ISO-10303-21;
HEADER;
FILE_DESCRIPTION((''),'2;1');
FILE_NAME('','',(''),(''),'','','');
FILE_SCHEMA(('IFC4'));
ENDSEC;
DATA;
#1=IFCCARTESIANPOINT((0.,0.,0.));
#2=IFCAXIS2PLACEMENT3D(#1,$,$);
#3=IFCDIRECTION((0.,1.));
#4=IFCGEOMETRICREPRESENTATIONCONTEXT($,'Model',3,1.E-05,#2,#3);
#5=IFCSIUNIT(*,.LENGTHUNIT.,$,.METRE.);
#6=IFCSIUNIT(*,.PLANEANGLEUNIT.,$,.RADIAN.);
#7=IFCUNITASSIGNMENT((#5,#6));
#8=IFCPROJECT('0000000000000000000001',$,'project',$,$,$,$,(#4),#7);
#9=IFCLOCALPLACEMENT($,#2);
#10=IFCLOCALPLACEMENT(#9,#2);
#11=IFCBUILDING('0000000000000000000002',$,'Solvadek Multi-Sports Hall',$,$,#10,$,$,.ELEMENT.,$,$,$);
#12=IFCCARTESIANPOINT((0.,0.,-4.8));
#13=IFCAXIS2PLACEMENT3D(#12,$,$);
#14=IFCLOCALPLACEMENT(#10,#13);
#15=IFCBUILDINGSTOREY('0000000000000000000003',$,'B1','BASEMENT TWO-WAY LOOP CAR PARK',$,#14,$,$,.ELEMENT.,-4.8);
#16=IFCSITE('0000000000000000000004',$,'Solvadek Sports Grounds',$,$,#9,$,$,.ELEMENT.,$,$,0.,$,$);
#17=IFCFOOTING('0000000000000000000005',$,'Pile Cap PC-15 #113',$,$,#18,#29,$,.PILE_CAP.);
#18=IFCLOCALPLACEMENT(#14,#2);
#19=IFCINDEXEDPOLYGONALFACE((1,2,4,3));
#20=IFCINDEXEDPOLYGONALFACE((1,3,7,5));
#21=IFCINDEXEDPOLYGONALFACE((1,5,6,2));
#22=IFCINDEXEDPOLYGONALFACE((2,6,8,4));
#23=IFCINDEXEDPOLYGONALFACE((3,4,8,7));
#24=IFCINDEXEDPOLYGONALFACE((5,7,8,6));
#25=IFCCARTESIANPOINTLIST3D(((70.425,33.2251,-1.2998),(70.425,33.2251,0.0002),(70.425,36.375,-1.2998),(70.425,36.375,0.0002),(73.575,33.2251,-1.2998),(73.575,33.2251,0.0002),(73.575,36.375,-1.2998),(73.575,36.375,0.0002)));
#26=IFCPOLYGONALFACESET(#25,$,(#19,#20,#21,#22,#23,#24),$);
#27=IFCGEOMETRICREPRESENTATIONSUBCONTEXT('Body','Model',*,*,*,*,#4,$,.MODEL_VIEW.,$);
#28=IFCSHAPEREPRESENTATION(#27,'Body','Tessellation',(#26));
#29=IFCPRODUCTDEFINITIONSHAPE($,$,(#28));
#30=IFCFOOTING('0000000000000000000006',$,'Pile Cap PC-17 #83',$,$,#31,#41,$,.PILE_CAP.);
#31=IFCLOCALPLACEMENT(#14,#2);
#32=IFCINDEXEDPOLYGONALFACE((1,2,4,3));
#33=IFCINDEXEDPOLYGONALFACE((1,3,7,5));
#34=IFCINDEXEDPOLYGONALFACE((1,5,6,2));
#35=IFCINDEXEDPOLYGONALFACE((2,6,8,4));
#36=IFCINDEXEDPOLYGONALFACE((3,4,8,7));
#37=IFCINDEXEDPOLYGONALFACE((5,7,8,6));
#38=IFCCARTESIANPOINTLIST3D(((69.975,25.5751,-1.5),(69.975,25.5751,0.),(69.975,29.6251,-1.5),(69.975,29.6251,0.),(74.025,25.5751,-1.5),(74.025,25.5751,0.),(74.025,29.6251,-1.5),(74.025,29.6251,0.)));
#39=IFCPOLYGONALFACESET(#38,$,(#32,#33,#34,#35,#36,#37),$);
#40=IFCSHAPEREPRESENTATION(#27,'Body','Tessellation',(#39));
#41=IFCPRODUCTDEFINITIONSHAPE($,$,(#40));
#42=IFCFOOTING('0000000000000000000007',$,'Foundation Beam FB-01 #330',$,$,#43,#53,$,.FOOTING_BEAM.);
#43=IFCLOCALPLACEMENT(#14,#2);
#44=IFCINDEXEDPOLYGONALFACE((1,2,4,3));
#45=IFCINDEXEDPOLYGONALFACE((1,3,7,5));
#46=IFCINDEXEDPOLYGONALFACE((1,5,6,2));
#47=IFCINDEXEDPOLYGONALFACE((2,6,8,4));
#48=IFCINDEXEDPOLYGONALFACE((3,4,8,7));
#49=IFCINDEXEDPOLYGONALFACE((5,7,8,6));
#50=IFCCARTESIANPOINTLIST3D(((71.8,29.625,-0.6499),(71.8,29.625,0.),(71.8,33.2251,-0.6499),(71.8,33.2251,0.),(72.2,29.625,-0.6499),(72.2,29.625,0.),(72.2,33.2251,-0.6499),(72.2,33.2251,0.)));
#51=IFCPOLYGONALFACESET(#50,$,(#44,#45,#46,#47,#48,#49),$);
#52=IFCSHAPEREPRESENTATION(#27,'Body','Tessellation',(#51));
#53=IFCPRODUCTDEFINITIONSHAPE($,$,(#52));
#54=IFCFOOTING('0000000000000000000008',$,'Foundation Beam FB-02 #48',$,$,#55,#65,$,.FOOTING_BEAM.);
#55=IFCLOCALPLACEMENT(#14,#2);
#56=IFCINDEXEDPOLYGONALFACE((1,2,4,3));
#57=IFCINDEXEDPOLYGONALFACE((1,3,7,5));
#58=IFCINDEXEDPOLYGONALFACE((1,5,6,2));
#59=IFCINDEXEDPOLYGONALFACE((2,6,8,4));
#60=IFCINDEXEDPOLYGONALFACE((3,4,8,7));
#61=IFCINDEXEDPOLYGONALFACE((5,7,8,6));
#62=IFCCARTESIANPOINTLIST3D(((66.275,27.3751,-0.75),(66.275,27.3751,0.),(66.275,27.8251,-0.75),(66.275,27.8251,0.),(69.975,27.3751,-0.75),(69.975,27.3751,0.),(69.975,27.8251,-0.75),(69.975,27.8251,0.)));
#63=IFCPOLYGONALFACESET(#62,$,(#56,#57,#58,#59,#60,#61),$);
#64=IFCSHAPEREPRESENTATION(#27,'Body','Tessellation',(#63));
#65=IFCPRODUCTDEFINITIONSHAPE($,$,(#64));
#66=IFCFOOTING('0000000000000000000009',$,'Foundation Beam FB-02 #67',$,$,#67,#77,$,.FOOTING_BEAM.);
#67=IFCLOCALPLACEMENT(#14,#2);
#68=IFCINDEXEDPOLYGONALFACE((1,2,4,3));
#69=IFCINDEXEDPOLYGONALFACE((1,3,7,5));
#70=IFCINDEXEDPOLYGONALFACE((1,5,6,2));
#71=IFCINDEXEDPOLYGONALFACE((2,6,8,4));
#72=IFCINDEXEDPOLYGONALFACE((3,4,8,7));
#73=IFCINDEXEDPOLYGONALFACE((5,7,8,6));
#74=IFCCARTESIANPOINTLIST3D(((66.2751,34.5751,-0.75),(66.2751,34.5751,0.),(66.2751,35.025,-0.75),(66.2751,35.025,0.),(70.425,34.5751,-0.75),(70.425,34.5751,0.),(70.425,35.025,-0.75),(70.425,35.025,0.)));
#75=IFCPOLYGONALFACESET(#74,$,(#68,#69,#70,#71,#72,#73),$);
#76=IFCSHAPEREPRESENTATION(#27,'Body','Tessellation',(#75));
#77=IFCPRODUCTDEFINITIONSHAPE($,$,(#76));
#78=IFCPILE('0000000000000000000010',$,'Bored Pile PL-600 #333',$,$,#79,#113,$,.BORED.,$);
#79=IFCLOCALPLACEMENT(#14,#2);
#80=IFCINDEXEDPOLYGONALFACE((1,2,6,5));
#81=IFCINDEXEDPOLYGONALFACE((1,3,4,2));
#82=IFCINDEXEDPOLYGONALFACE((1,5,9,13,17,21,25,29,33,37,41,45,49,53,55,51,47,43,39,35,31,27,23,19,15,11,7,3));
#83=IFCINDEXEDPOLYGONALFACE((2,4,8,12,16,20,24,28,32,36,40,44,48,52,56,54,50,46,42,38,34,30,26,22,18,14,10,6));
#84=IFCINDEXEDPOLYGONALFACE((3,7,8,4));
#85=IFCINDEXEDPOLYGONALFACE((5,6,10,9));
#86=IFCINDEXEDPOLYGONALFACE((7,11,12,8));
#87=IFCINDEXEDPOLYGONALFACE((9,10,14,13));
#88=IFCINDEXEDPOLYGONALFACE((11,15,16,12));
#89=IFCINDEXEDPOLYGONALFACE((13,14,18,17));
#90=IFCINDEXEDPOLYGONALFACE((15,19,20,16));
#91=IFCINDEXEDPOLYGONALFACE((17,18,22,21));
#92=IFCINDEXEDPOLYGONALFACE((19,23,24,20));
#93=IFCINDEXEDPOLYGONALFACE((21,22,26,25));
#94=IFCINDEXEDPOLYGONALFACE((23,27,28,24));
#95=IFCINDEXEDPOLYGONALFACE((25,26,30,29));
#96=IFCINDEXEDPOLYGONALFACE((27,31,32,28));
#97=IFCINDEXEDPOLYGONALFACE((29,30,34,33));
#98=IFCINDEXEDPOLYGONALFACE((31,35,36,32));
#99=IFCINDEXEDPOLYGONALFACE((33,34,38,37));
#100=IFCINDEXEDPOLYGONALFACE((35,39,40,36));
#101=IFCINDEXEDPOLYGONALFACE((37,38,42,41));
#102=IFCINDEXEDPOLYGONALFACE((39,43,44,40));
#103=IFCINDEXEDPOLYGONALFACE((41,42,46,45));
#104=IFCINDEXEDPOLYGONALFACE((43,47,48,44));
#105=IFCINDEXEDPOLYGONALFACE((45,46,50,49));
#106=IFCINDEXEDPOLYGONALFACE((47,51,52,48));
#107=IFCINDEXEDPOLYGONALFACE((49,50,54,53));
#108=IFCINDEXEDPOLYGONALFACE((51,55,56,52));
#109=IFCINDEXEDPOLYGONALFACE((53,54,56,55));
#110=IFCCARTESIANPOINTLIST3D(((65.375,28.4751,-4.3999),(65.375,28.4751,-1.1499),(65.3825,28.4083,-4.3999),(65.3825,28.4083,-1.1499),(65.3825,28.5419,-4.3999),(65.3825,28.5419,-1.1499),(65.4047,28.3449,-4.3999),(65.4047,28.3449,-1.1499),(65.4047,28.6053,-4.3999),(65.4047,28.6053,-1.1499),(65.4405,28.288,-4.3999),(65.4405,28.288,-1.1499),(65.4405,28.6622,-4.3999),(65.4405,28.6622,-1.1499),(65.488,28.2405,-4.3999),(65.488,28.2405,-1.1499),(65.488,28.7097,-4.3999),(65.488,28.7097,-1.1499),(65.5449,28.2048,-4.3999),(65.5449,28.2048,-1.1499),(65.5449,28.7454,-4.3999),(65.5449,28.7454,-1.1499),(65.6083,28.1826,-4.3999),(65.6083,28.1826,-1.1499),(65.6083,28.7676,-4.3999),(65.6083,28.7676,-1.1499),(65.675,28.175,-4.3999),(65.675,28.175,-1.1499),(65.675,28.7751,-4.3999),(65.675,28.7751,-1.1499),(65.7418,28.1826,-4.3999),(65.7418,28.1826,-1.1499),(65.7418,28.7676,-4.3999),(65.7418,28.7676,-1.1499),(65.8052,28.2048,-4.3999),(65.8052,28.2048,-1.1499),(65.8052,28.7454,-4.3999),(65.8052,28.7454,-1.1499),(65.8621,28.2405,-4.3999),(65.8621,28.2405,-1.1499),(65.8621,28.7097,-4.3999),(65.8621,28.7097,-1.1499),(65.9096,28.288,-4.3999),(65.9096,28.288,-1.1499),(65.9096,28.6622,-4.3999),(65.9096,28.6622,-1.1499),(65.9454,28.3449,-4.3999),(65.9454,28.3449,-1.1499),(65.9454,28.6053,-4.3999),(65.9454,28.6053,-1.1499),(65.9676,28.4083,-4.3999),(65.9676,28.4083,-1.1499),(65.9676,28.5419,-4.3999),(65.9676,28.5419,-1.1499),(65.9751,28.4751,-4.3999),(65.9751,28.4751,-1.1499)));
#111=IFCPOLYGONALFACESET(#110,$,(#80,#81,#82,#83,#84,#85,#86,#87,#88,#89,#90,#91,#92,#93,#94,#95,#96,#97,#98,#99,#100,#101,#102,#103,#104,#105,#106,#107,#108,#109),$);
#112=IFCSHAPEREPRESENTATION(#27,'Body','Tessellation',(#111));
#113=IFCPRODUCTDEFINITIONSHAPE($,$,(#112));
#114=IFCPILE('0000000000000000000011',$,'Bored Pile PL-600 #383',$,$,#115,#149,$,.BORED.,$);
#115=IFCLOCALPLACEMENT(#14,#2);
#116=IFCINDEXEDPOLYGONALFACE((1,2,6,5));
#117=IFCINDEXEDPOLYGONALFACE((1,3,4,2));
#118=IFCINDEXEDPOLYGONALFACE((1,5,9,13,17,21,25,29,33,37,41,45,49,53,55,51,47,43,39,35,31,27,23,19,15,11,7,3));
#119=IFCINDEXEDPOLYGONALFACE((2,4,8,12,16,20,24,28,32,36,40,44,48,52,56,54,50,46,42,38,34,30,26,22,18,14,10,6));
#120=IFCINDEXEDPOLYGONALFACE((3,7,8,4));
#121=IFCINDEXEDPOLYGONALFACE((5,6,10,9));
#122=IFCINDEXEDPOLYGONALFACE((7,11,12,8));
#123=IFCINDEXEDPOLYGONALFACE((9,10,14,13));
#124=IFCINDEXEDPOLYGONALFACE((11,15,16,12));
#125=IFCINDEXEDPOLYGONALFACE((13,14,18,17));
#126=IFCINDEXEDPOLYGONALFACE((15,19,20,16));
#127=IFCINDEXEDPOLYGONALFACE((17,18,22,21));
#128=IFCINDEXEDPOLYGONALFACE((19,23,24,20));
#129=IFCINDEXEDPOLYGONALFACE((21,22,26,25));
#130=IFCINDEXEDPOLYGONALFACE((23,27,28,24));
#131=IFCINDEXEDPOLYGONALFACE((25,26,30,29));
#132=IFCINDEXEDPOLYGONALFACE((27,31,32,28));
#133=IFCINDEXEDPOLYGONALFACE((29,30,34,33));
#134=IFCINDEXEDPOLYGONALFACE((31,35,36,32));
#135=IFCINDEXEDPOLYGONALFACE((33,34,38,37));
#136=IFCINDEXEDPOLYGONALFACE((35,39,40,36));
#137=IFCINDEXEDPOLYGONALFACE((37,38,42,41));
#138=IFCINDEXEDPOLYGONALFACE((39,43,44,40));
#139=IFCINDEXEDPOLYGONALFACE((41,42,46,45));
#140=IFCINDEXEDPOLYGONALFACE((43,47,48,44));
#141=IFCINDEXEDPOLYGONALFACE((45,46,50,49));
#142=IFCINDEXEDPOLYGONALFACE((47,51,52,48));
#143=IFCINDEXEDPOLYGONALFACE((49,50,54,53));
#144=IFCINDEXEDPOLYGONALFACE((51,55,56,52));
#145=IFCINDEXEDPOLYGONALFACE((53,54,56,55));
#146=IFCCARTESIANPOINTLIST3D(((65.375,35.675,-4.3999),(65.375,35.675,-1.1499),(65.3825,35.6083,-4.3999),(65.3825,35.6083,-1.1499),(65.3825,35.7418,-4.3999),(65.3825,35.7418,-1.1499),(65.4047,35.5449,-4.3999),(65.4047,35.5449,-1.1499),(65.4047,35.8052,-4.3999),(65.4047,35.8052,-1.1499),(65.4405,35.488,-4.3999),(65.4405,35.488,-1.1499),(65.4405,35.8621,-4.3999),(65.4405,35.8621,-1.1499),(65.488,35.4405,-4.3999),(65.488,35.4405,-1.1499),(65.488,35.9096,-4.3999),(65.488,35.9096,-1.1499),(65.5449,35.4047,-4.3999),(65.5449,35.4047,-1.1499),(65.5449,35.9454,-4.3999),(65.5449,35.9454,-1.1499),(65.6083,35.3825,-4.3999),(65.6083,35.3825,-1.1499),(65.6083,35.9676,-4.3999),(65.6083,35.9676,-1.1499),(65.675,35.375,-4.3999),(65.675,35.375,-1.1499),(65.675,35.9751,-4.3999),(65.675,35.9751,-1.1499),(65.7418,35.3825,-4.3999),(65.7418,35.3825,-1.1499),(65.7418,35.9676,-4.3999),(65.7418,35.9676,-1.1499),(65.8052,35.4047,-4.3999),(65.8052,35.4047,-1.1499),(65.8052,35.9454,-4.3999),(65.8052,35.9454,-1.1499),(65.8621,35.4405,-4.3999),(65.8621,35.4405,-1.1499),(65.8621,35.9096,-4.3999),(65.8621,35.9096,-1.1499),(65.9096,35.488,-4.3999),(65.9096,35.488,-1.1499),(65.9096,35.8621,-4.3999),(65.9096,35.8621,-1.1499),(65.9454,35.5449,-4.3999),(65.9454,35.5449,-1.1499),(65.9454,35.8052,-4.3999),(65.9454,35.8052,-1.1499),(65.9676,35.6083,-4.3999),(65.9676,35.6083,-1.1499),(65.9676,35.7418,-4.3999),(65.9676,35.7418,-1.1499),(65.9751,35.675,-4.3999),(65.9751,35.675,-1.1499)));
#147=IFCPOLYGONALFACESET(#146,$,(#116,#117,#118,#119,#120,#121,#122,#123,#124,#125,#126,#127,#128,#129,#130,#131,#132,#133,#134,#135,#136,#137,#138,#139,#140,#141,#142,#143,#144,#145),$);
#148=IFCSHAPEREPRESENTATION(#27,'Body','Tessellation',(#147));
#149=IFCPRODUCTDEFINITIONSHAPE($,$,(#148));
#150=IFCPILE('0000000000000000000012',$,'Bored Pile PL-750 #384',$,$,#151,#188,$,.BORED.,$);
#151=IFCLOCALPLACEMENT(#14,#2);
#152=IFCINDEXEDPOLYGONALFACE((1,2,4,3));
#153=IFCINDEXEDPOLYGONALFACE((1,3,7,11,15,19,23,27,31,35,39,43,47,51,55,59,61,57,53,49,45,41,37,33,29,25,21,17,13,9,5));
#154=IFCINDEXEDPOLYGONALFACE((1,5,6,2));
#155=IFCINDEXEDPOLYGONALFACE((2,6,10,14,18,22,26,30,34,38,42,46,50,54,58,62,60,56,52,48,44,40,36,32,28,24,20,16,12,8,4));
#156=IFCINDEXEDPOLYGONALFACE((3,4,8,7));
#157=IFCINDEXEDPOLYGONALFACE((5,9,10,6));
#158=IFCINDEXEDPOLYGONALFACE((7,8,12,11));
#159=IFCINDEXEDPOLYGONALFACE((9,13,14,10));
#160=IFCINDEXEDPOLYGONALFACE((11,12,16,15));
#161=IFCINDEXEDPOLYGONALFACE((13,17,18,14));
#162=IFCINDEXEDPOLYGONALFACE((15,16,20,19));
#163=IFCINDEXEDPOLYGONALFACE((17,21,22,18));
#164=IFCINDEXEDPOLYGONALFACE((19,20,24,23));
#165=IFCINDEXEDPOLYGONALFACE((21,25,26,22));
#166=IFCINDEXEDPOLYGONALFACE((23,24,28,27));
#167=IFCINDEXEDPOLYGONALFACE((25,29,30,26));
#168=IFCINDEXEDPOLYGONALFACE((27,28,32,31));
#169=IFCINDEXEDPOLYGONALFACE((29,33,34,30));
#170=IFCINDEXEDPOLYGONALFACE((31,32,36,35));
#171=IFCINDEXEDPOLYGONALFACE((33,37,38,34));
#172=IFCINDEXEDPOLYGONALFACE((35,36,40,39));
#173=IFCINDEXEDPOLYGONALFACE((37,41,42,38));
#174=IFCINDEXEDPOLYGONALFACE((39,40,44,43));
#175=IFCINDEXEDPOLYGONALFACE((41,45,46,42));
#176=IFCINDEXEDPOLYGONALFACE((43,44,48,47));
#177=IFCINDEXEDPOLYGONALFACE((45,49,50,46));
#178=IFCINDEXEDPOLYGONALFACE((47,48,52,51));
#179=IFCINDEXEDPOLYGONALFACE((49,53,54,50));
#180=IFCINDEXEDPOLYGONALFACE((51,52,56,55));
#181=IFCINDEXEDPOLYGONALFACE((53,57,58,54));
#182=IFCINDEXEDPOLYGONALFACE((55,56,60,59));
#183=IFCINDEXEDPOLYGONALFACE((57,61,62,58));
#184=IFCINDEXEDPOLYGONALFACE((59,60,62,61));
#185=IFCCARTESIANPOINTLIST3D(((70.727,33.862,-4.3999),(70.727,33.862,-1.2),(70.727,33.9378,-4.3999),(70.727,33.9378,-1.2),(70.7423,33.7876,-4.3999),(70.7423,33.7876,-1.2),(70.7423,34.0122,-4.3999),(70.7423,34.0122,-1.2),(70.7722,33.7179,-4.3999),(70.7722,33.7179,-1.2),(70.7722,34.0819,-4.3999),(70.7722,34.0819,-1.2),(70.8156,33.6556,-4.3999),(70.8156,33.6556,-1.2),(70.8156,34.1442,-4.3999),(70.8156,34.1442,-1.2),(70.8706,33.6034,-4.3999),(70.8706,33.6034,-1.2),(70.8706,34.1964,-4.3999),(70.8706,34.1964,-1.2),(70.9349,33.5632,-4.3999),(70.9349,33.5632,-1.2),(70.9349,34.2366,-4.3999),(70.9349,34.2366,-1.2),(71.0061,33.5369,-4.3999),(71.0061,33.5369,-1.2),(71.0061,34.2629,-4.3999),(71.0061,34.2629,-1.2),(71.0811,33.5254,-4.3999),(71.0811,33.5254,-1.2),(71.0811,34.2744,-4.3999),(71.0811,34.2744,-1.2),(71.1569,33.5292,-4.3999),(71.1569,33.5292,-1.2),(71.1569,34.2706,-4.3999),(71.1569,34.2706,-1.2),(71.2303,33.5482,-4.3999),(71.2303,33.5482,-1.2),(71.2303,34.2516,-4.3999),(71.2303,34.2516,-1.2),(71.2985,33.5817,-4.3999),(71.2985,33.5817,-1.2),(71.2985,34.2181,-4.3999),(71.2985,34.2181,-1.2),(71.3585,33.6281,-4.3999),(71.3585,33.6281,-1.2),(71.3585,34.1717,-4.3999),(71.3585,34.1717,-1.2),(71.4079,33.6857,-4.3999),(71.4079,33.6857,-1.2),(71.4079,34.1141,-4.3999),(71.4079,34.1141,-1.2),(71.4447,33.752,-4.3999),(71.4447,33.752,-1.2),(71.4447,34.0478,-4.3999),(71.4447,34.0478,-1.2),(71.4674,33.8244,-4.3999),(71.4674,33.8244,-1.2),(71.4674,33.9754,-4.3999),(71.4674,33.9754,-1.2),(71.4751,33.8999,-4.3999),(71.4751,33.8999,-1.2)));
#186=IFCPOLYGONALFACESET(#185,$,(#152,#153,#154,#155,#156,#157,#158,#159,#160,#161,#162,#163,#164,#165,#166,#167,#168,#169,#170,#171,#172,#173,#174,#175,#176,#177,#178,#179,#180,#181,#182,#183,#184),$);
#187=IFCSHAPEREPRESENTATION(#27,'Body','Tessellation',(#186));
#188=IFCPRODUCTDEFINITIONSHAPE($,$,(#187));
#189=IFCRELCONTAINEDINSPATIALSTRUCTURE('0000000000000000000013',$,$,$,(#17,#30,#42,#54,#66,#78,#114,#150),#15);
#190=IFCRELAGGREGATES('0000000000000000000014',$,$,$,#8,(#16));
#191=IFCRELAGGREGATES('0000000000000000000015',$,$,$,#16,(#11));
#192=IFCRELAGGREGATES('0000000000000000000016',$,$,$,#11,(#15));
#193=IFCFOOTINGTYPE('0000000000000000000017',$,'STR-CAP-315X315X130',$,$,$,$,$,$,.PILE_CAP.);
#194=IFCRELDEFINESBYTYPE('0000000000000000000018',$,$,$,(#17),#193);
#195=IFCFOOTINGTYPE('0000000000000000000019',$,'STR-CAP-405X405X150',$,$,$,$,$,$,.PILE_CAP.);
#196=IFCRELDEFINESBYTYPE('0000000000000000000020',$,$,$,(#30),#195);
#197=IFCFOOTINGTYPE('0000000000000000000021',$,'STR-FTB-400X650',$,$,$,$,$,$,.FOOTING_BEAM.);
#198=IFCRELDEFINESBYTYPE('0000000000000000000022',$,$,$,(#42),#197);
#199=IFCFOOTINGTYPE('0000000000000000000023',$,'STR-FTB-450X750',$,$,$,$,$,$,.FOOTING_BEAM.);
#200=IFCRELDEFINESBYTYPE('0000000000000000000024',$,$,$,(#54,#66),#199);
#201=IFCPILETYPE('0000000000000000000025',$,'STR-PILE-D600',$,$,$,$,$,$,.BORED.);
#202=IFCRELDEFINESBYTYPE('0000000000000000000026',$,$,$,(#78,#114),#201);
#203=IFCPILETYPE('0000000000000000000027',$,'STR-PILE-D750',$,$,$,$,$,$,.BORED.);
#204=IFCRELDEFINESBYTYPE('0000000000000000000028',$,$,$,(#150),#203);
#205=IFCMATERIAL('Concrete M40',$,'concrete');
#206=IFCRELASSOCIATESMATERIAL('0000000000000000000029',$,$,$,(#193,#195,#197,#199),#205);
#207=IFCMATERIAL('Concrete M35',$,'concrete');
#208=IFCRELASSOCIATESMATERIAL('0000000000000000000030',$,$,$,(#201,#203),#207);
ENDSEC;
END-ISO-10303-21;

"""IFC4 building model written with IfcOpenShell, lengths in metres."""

from ifc_helpers import new_model, si_unit, direction, frame, origin, origin_2d, place, context, subcontext, project, spatial, rectangle, circle, extrude, material, material_profile, profile_set, type_object, element, save


model = new_model("IFC4")

# Units and contexts
model_context = context("Model", 3, precision=1e-05, world=origin(), true_north=direction((0.0, 1.0)))
body_context = subcontext(model_context, "Body", "Model", "MODEL_VIEW")
ifc_project = project(units=[si_unit("LENGTHUNIT", "METRE"), si_unit("PLANEANGLEUNIT", "RADIAN")], contexts=[model_context])

# Site, building, storey
site_placement = place(None, origin())
site = spatial("IfcSite", under=ifc_project, at=site_placement, Name="Solvadek Sports Grounds", CompositionType="ELEMENT", RefElevation=0.0)
building_placement = place(site_placement, origin())
building = spatial("IfcBuilding", under=site, at=building_placement, Name="Solvadek Multi-Sports Hall", CompositionType="ELEMENT")
storey_placement = place(building_placement, frame((0.0, 0.0, -4.8)))
storey = spatial("IfcBuildingStorey", under=building, at=storey_placement, Name="B1", Description="BASEMENT TWO-WAY LOOP CAR PARK", CompositionType="ELEMENT", Elevation=-4.8)

# Footings
ifc_material_1 = material(Name="Concrete M40", Category="concrete")
footing_type_1 = type_object("IfcFootingType", Name="STR-CAP-315X315X130", PredefinedType="PILE_CAP", material=ifc_material_1)
footing_1_placement = place(storey_placement, frame((72.0, 34.8, -1.2998), z_axis=(0.0, 0.0, 1.0), x_axis=(1.0, 0.0, 0.0)))
element("IfcFooting", 1, at=footing_1_placement, inside=storey, type_object=footing_type_1, Name="Pile Cap PC-15 #113", PredefinedType="PILE_CAP", context=body_context, shape_type="SweptSolid", body=[
    extrude(rectangle(XDim=3.1499, YDim=3.1499, at=origin_2d()), origin(), (0.0, 0.0, 1.0), 1.3),
])
footing_type_2 = type_object("IfcFootingType", Name="STR-CAP-405X405X150", PredefinedType="PILE_CAP", material=ifc_material_1)
footing_2_placement = place(storey_placement, frame((72.0, 27.6001, -1.5), z_axis=(0.0, 0.0, 1.0), x_axis=(1.0, 0.0, 0.0)))
element("IfcFooting", 2, at=footing_2_placement, inside=storey, type_object=footing_type_2, Name="Pile Cap PC-17 #83", PredefinedType="PILE_CAP", context=body_context, shape_type="SweptSolid", body=[
    extrude(rectangle(XDim=4.05, YDim=4.05, at=origin_2d()), origin(), (0.0, 0.0, 1.0), 1.5),
])
footing_type_3 = type_object("IfcFootingType", Name="STR-FTB-400X650", PredefinedType="FOOTING_BEAM", material=ifc_material_1)
footing_3_placement = place(storey_placement, frame((72.0, 31.425, -0.6499), z_axis=(0.0, 0.0, 1.0), x_axis=(0.0, 1.0, 0.0)))
element("IfcFooting", 3, at=footing_3_placement, inside=storey, type_object=footing_type_3, Name="Foundation Beam FB-01 #330", PredefinedType="FOOTING_BEAM", context=body_context, shape_type="SweptSolid", body=[
    extrude(rectangle(XDim=3.6001, YDim=0.3999, at=origin_2d()), origin(), (0.0, 0.0, 1.0), 0.6499),
])
footing_type_4 = type_object("IfcFootingType", Name="STR-FTB-450X750", PredefinedType="FOOTING_BEAM", material=ifc_material_1)
footing_4_placement = place(storey_placement, frame((68.125, 27.6001, -0.75), z_axis=(0.0, 0.0, 1.0), x_axis=(1.0, 0.0, 0.0)))
element("IfcFooting", 4, at=footing_4_placement, inside=storey, type_object=footing_type_4, Name="Foundation Beam FB-02 #48", PredefinedType="FOOTING_BEAM", context=body_context, shape_type="SweptSolid", body=[
    extrude(rectangle(XDim=3.7, YDim=0.45, at=origin_2d()), origin(), (0.0, 0.0, 1.0), 0.75),
])
footing_5_placement = place(storey_placement, frame((68.3501, 34.8, -0.75), z_axis=(0.0, 0.0, 1.0), x_axis=(1.0, 0.0, 0.0)))
element("IfcFooting", 5, at=footing_5_placement, inside=storey, type_object=footing_type_4, Name="Foundation Beam FB-02 #67", PredefinedType="FOOTING_BEAM", context=body_context, shape_type="SweptSolid", body=[
    extrude(rectangle(XDim=4.1499, YDim=0.45, at=origin_2d()), origin(), (0.0, 0.0, 1.0), 0.75),
])

# Piles
ifc_material_2 = material(Name="Concrete M35", Category="concrete")
ifc_material_profile_1 = material_profile(ifc_material_2, circle(Radius=0.3, at=origin_2d()), Name="BORED PILE D600")
ifc_profile_set_1 = profile_set([ifc_material_profile_1], Name="Concrete M35")
pile_type_1 = type_object("IfcPileType", Name="STR-PILE-D600", PredefinedType="BORED", material=ifc_profile_set_1)
for number, where, z_axis, x_axis, name in (
    (6, (65.675, 28.4751, -1.1499), (0.0, 0.0, -1.0), (1.0, 0.0, 0.0), "Bored Pile PL-600 #333"),
    (7, (65.675, 35.675, -1.1499), (0.0, 0.0, -1.0), (1.0, 0.0, 0.0), "Bored Pile PL-600 #383"),
):
    element("IfcPile", number, at=place(storey_placement, frame(where, z_axis=z_axis, x_axis=x_axis)), inside=storey, type_object=pile_type_1, Name=name, PredefinedType="BORED", context=body_context, shape_type="SweptSolid", body=[
        extrude(circle(Radius=0.3, at=origin_2d()), origin(), (0.0, 0.0, 1.0), 3.25),
    ])
ifc_material_profile_2 = material_profile(ifc_material_2, circle(Radius=0.375, at=origin_2d()), Name="BORED PILE D750")
ifc_profile_set_2 = profile_set([ifc_material_profile_2], Name="Concrete M35")
pile_type_2 = type_object("IfcPileType", Name="STR-PILE-D750", PredefinedType="BORED", material=ifc_profile_set_2)
pile_1_placement = place(storey_placement, frame((71.1001, 33.8999, -1.2), z_axis=(0.0, 0.0, -1.0), x_axis=(1.0, 0.0, 0.0)))
element("IfcPile", 8, at=pile_1_placement, inside=storey, type_object=pile_type_2, Name="Bored Pile PL-750 #384", PredefinedType="BORED", context=body_context, shape_type="SweptSolid", body=[
    extrude(circle(Radius=0.375, at=origin_2d()), origin(), (0.0, 0.0, 1.0), 3.2),
])

save(model, "model.ifc")
